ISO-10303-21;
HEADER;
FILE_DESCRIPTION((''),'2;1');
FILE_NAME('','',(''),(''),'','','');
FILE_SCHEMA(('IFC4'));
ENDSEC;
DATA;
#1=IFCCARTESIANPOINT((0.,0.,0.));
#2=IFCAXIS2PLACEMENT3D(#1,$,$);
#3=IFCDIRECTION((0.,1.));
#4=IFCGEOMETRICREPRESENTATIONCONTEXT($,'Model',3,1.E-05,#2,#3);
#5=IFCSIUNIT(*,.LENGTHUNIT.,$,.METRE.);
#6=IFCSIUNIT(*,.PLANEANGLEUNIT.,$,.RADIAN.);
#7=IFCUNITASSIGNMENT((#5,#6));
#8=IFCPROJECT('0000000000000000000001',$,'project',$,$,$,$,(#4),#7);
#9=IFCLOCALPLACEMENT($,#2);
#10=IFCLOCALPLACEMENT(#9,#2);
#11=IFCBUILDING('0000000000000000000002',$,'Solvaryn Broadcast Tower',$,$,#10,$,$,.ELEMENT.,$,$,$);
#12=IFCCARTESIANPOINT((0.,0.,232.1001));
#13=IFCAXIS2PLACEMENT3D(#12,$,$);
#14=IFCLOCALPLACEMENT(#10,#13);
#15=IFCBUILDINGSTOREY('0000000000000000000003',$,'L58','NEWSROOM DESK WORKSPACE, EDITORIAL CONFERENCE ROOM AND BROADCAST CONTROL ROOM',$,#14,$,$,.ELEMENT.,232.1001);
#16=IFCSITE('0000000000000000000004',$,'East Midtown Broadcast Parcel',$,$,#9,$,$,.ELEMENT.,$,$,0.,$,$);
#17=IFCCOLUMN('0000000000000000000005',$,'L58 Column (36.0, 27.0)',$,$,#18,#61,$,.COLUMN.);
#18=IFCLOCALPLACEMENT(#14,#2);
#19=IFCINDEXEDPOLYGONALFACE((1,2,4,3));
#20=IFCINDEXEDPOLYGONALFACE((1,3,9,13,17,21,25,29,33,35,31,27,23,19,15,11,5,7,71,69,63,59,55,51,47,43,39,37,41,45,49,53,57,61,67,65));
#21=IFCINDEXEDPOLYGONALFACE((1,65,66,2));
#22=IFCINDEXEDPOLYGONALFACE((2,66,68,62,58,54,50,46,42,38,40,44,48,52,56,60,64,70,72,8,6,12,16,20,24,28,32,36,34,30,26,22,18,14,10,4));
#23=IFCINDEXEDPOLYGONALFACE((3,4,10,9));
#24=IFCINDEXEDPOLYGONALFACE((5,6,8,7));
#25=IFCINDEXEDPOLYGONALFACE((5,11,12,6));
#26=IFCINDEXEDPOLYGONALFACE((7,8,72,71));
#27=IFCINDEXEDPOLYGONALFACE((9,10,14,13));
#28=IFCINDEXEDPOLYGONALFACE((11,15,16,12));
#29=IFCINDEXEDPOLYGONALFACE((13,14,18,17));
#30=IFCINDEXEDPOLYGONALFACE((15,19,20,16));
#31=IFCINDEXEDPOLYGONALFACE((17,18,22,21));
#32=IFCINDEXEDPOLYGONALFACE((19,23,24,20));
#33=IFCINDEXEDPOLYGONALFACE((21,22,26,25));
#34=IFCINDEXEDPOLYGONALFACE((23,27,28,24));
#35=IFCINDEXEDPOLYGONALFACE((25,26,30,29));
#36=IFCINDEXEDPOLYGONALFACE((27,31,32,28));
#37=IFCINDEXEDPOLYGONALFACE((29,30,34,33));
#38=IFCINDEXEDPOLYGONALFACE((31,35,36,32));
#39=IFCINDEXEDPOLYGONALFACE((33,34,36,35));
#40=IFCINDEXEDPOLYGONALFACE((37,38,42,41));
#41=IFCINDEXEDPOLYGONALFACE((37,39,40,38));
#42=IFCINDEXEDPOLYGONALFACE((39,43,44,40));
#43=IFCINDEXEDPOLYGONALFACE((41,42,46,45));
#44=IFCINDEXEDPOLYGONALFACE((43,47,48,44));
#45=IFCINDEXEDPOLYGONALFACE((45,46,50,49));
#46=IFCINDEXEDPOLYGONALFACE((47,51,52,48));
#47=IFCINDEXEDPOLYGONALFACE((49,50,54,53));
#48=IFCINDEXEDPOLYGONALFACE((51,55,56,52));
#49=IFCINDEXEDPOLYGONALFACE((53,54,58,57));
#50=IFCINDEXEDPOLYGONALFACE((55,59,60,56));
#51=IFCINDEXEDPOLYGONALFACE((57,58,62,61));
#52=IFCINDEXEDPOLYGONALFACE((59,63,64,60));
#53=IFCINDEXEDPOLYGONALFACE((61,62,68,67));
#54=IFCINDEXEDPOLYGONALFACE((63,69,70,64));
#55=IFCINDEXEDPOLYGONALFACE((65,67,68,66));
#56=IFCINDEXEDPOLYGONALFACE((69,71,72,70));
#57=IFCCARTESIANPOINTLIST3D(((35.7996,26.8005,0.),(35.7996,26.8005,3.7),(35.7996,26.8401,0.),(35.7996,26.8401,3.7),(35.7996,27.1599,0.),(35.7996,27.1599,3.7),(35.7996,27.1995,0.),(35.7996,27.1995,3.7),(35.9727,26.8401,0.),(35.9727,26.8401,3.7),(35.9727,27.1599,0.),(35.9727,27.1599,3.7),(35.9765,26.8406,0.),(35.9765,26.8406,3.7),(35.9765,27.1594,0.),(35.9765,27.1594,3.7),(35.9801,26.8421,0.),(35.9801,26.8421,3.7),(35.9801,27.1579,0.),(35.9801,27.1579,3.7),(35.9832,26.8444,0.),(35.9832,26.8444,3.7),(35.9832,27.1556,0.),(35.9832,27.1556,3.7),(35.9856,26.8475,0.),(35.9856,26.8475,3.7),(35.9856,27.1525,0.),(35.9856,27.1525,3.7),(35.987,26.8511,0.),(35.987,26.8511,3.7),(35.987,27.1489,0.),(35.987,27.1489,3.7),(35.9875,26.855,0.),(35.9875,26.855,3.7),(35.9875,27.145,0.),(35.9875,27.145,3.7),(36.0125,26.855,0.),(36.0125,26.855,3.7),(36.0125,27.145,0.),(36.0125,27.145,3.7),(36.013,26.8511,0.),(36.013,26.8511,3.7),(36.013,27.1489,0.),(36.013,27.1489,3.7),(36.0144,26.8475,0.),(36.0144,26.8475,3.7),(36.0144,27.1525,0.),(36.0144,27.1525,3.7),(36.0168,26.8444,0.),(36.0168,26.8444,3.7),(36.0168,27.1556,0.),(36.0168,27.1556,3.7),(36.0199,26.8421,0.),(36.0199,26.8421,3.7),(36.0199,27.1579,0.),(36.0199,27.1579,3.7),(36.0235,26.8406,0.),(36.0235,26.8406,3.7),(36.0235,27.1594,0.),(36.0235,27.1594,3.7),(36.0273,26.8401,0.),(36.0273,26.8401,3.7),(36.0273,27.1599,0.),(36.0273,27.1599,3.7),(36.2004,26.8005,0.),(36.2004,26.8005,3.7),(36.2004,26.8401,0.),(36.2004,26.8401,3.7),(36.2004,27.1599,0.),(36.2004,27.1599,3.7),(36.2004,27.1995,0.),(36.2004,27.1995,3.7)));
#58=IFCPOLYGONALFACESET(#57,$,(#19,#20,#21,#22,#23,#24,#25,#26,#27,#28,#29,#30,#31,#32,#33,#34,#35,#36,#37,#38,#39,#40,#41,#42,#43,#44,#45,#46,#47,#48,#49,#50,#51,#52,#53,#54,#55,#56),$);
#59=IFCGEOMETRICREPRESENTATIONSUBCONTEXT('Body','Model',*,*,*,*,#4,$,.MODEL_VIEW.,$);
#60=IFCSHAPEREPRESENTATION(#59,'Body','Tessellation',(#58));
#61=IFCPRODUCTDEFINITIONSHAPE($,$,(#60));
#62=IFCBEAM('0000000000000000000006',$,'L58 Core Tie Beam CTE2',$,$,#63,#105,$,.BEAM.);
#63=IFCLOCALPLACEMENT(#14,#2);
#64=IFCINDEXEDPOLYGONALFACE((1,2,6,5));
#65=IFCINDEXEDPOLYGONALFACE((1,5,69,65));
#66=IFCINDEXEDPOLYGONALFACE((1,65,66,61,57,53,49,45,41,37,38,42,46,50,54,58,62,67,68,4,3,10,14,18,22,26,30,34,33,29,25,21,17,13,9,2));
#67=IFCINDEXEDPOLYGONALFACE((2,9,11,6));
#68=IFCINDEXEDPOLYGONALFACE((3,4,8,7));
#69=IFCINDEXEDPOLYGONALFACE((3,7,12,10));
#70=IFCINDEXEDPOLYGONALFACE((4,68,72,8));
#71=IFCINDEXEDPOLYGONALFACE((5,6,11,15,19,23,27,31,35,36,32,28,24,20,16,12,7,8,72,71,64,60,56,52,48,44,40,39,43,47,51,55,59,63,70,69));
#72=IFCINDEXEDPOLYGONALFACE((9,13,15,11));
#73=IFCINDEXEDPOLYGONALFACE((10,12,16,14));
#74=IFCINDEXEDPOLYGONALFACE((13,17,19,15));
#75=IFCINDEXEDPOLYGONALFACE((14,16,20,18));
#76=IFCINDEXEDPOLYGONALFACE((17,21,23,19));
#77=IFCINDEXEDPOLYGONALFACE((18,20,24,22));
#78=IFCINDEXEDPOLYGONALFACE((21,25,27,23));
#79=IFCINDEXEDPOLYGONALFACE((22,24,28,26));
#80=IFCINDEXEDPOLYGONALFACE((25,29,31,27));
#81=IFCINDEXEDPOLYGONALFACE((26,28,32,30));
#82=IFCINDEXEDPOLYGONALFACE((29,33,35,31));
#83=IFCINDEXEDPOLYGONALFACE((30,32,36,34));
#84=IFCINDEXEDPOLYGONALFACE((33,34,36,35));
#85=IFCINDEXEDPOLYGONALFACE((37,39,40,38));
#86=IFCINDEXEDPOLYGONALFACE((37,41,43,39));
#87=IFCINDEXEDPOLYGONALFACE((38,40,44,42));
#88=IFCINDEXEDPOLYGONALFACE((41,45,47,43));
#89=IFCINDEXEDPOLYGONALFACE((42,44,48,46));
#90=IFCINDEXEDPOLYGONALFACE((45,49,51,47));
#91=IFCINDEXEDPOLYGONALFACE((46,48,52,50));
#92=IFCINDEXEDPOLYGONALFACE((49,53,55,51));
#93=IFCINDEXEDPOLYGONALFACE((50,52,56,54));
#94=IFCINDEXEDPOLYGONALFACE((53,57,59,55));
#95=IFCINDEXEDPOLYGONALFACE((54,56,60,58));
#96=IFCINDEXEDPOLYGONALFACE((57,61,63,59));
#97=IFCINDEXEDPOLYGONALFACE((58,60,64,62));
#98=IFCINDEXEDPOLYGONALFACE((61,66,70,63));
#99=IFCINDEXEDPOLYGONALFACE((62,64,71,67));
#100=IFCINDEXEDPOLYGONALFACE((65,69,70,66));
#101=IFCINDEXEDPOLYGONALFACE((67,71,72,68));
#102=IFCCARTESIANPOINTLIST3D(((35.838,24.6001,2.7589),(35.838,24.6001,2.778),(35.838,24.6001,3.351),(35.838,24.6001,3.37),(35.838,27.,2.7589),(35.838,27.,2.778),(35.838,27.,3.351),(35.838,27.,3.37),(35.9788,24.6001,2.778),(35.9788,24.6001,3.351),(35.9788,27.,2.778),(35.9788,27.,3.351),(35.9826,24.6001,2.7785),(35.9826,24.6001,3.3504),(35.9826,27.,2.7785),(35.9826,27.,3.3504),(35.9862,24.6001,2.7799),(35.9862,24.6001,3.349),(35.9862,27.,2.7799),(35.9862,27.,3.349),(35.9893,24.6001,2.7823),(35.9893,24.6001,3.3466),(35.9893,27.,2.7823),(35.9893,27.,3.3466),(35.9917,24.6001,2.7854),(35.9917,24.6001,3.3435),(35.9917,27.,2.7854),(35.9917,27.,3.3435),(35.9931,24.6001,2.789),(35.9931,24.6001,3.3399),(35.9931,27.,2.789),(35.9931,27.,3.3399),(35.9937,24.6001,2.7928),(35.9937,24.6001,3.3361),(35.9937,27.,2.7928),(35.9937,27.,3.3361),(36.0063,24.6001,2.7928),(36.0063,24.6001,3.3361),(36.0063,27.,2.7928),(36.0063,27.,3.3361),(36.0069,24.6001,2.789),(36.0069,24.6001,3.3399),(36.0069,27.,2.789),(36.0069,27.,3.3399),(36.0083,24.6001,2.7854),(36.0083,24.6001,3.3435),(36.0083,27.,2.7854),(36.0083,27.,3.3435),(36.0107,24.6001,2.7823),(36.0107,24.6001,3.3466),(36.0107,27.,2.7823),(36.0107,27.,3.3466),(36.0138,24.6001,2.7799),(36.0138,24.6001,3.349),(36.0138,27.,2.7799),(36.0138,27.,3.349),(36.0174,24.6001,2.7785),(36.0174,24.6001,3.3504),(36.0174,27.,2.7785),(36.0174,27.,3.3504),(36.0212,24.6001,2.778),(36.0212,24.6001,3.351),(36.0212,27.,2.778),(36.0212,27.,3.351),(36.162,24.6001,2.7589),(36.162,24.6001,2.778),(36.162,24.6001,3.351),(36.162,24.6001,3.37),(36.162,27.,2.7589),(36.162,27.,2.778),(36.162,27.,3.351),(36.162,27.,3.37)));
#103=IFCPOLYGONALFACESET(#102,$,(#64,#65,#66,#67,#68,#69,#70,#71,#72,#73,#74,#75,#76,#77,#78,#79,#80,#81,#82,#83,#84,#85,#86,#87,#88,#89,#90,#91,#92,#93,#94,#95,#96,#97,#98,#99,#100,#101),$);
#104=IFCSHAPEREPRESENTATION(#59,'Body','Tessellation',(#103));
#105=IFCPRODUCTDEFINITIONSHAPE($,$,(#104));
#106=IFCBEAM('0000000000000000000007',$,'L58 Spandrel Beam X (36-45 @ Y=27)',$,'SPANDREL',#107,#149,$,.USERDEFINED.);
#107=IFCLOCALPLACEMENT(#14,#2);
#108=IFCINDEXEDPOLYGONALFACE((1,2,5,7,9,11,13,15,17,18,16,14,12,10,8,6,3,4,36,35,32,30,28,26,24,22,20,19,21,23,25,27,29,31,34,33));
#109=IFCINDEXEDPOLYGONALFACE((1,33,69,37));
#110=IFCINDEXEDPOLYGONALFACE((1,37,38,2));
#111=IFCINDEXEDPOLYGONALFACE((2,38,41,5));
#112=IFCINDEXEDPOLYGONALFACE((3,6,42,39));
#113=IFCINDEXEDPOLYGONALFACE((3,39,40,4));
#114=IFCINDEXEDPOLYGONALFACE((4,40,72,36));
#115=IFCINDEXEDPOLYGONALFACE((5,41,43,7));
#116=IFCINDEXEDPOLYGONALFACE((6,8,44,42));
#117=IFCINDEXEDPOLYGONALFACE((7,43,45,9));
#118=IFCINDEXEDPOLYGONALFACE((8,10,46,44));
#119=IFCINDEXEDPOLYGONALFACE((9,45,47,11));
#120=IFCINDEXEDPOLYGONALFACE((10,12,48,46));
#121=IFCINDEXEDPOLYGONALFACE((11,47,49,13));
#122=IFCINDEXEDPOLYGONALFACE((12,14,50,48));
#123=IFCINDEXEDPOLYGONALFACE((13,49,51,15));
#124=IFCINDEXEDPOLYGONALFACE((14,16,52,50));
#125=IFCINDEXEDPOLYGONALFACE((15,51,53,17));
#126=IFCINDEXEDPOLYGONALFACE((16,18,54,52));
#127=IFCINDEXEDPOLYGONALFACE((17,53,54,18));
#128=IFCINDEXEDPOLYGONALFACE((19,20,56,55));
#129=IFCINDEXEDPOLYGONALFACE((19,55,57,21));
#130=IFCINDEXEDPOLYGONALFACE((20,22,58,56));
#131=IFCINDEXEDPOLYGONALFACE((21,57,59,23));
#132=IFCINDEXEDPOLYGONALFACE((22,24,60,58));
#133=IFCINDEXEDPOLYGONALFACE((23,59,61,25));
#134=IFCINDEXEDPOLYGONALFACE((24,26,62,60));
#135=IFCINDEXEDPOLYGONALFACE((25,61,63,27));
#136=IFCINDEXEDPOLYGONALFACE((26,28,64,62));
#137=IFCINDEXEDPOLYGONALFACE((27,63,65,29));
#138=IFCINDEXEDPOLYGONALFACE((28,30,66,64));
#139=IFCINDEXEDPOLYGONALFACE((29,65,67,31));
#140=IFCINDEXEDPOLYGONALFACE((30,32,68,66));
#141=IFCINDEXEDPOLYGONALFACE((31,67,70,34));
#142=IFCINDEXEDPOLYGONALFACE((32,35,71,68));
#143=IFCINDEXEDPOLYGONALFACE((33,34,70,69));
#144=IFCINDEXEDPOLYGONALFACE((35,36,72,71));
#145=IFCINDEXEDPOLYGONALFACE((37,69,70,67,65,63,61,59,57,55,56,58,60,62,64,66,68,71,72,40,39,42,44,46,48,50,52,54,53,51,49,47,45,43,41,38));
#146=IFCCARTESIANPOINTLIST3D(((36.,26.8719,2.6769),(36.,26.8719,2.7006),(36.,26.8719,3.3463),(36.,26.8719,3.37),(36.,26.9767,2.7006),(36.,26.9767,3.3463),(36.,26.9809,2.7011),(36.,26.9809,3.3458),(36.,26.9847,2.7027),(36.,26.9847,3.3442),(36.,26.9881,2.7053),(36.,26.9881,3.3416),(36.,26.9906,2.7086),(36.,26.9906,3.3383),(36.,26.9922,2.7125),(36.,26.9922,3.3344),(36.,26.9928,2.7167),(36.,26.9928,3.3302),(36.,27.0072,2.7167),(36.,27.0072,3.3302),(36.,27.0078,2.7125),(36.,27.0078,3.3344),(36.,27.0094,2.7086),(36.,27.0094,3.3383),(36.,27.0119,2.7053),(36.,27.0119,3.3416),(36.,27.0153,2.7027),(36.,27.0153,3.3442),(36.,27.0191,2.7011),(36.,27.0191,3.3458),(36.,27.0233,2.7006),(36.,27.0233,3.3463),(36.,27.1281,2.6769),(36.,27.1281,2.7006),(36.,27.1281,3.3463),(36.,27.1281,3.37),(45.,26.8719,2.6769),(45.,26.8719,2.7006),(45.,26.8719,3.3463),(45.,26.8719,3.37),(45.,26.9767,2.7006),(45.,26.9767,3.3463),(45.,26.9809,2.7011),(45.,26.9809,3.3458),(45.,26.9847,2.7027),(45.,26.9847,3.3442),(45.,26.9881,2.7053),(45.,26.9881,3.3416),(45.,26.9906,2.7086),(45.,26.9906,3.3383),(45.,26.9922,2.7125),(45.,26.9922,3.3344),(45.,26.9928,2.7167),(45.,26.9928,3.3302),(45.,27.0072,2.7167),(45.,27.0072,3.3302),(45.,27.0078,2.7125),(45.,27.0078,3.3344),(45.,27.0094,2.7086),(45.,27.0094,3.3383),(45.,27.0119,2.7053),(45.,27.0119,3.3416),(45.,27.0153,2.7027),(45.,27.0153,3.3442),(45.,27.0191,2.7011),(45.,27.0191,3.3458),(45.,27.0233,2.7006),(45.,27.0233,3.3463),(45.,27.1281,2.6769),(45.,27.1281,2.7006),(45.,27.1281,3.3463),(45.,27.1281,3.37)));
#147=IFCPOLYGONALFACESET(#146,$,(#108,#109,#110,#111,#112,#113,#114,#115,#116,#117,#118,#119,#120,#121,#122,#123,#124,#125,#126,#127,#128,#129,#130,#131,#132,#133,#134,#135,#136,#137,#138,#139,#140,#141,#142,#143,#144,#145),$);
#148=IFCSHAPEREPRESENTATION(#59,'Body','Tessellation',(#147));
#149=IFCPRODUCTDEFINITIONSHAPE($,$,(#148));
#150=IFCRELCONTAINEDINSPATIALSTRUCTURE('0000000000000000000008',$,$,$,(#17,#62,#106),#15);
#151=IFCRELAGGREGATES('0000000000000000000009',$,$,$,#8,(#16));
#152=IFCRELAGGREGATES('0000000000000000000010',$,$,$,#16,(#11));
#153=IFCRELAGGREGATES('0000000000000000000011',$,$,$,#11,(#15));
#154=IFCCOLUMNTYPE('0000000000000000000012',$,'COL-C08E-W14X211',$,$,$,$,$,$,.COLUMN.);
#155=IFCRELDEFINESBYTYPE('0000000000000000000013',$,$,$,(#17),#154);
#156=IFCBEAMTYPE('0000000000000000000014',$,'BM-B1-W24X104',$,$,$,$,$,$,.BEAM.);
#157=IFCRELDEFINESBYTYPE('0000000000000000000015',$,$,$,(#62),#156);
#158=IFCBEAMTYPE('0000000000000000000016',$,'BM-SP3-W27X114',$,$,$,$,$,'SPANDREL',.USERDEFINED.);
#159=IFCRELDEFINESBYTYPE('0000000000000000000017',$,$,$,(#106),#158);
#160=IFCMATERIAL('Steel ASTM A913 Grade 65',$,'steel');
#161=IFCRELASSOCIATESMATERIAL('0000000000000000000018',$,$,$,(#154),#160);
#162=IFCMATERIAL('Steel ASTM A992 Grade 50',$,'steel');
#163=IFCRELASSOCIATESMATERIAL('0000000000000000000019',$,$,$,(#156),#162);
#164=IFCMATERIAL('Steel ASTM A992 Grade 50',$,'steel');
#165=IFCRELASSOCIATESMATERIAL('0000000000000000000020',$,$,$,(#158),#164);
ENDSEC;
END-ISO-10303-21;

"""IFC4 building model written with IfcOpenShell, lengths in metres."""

from ifc_helpers import new_model, si_unit, direction, frame, origin, origin_2d, place, context, subcontext, project, spatial, i_section, extrude, material, material_profile, profile_set, type_object, element, save


model = new_model("IFC4")

# Units and contexts
model_context = context("Model", 3, precision=1e-05, world=origin(), true_north=direction((0.0, 1.0)))
body_context = subcontext(model_context, "Body", "Model", "MODEL_VIEW")
ifc_project = project(units=[si_unit("LENGTHUNIT", "METRE"), si_unit("PLANEANGLEUNIT", "RADIAN")], contexts=[model_context])

# Site, building, storey
site_placement = place(None, origin())
site = spatial("IfcSite", under=ifc_project, at=site_placement, Name="East Midtown Broadcast Parcel", CompositionType="ELEMENT", RefElevation=0.0)
building_placement = place(site_placement, origin())
building = spatial("IfcBuilding", under=site, at=building_placement, Name="Solvaryn Broadcast Tower", CompositionType="ELEMENT")
storey_placement = place(building_placement, frame((0.0, 0.0, 232.1001)))
storey = spatial("IfcBuildingStorey", under=building, at=storey_placement, Name="L58", Description="NEWSROOM DESK WORKSPACE, EDITORIAL CONFERENCE ROOM AND BROADCAST CONTROL ROOM", CompositionType="ELEMENT", Elevation=232.1001)

# Column
ifc_material_1 = material(Name="Steel ASTM A913 Grade 65", Category="steel")
ifc_material_profile_1 = material_profile(ifc_material_1, i_section(OverallWidth=0.4009, OverallDepth=0.3989, WebThickness=0.0249, FlangeThickness=0.0396, FilletRadius=0.0149, at=origin_2d()))
ifc_profile_set_1 = profile_set([ifc_material_profile_1], Name="Steel ASTM A913 Grade 65")
column_type = type_object("IfcColumnType", Name="COL-C08E-W14X211", PredefinedType="COLUMN", material=ifc_profile_set_1)
column_placement = place(storey_placement, frame((36.0, 27.0, 0.0), z_axis=(0.0, 0.0, 1.0), x_axis=(1.0, 0.0, 0.0)))
element("IfcColumn", 1, at=column_placement, inside=storey, type_object=column_type, Name="L58 Column (36.0, 27.0)", PredefinedType="COLUMN", context=body_context, shape_type="SweptSolid", body=[
    extrude(i_section(OverallWidth=0.4009, OverallDepth=0.3989, WebThickness=0.0249, FlangeThickness=0.0396, FilletRadius=0.0149, at=origin_2d()), origin(), (0.0, 0.0, 1.0), 3.7),
])

# Beams
ifc_material_2 = material(Name="Steel ASTM A992 Grade 50", Category="steel")
ifc_material_profile_2 = material_profile(ifc_material_2, i_section(OverallWidth=0.324, OverallDepth=0.6111, WebThickness=0.0127, FlangeThickness=0.019, FilletRadius=0.0149, at=origin_2d()))
ifc_profile_set_2 = profile_set([ifc_material_profile_2], Name="Steel ASTM A992 Grade 50")
beam_type_1 = type_object("IfcBeamType", Name="BM-B1-W24X104", PredefinedType="BEAM", material=ifc_profile_set_2)
beam_1_placement = place(storey_placement, frame((36.0, 24.6001, 3.0645), z_axis=(0.0, 1.0, 0.0), x_axis=(-1.0, 0.0, 0.0)))
element("IfcBeam", 2, at=beam_1_placement, inside=storey, type_object=beam_type_1, Name="L58 Core Tie Beam CTE2", PredefinedType="BEAM", context=body_context, shape_type="SweptSolid", body=[
    extrude(i_section(OverallWidth=0.324, OverallDepth=0.6111, WebThickness=0.0127, FlangeThickness=0.019, FilletRadius=0.0149, at=origin_2d()), origin(), (0.0, 0.0, 1.0), 2.3999),
])
ifc_material_3 = material(Name="Steel ASTM A992 Grade 50", Category="steel")
ifc_material_profile_3 = material_profile(ifc_material_3, i_section(OverallWidth=0.2561, OverallDepth=0.6931, WebThickness=0.0144, FlangeThickness=0.0237, FilletRadius=0.0161, at=origin_2d()))
ifc_profile_set_3 = profile_set([ifc_material_profile_3], Name="Steel ASTM A992 Grade 50")
beam_type_2 = type_object("IfcBeamType", Name="BM-SP3-W27X114", ElementType="SPANDREL", PredefinedType="USERDEFINED", material=ifc_profile_set_3)
beam_2_placement = place(storey_placement, frame((36.0, 27.0, 3.0234), z_axis=(1.0, 0.0, 0.0), x_axis=(0.0, 1.0, 0.0)))
element("IfcBeam", 3, at=beam_2_placement, inside=storey, type_object=beam_type_2, Name="L58 Spandrel Beam X (36-45 @ Y=27)", ObjectType="SPANDREL", PredefinedType="USERDEFINED", context=body_context, shape_type="SweptSolid", body=[
    extrude(i_section(OverallWidth=0.2561, OverallDepth=0.6931, WebThickness=0.0144, FlangeThickness=0.0237, FilletRadius=0.0161, at=origin_2d()), origin(), (0.0, 0.0, 1.0), 9.0),
])

save(model, "model.ifc")
